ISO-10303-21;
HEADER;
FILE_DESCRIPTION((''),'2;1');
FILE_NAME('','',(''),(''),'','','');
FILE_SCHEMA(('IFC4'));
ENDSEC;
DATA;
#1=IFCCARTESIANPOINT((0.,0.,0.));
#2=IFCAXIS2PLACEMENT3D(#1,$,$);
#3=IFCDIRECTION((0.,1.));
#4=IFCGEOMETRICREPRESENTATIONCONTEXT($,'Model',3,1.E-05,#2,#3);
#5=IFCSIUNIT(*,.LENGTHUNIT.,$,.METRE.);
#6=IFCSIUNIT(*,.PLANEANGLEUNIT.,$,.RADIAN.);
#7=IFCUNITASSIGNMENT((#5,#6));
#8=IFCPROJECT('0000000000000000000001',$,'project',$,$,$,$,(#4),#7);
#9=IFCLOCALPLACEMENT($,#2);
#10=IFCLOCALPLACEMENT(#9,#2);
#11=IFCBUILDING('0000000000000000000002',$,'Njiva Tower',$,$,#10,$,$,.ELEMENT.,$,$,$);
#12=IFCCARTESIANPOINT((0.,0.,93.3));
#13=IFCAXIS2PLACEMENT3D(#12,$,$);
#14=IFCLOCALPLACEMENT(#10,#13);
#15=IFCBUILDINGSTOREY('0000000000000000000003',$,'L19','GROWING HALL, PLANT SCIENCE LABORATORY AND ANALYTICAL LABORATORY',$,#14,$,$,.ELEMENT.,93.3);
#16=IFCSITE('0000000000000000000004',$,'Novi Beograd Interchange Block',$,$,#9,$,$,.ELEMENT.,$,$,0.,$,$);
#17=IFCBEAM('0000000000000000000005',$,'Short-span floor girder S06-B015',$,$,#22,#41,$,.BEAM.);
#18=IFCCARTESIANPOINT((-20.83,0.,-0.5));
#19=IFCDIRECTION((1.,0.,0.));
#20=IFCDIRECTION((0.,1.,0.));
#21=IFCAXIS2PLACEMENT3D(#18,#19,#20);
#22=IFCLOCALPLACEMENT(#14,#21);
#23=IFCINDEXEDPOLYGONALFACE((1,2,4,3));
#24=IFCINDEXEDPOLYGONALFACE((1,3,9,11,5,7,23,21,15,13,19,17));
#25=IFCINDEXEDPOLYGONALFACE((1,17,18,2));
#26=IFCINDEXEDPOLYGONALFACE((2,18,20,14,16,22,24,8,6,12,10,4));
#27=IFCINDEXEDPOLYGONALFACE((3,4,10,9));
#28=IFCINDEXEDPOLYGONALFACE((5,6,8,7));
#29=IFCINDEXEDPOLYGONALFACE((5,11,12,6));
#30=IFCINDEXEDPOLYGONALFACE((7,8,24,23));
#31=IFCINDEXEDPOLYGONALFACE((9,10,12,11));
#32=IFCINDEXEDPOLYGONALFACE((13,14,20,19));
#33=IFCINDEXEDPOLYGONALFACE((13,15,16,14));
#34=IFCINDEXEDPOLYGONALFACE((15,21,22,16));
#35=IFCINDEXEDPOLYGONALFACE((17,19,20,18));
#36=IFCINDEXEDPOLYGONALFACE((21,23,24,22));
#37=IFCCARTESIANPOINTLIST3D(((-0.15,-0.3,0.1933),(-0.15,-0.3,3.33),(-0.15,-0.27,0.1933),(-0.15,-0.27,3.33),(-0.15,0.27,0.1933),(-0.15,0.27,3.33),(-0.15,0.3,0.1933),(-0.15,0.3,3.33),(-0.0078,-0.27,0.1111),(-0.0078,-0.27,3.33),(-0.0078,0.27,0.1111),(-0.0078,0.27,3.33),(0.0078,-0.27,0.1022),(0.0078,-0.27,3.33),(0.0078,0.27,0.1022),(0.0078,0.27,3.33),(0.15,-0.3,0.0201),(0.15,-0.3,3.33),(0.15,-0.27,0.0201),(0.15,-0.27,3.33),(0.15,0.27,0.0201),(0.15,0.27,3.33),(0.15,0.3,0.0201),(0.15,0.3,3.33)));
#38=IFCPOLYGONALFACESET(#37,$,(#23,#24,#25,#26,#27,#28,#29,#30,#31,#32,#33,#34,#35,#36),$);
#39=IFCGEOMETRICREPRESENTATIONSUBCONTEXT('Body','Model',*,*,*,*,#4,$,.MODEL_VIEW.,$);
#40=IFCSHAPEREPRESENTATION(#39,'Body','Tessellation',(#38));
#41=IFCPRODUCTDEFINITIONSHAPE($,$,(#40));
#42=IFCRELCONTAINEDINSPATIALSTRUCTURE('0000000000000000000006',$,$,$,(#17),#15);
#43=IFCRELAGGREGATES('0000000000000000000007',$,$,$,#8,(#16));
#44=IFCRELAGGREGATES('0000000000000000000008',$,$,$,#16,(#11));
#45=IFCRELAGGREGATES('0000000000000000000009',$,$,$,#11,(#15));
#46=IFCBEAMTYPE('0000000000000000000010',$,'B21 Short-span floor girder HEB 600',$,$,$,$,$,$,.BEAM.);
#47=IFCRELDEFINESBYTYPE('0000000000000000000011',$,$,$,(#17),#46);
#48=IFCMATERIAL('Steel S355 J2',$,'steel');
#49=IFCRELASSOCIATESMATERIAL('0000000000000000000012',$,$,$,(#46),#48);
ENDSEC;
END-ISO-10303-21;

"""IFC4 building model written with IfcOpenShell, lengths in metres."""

from ifc_helpers import new_model, si_unit, direction, frame, origin, origin_2d, place, context, subcontext, project, spatial, i_section, extrude, clip, halfspace, material, material_profile, profile_set, type_object, element, save


model = new_model("IFC4")

# Units and contexts
model_context = context("Model", 3, precision=1e-05, world=origin(), true_north=direction((0.0, 1.0)))
body_context = subcontext(model_context, "Body", "Model", "MODEL_VIEW")
ifc_project = project(units=[si_unit("LENGTHUNIT", "METRE"), si_unit("PLANEANGLEUNIT", "RADIAN")], contexts=[model_context])

# Site, building, storey
site_placement = place(None, origin())
site = spatial("IfcSite", under=ifc_project, at=site_placement, Name="Novi Beograd Interchange Block", CompositionType="ELEMENT", RefElevation=0.0)
building_placement = place(site_placement, origin())
building = spatial("IfcBuilding", under=site, at=building_placement, Name="Njiva Tower", CompositionType="ELEMENT")
storey_placement = place(building_placement, frame((0.0, 0.0, 93.3)))
storey = spatial("IfcBuildingStorey", under=building, at=storey_placement, Name="L19", Description="GROWING HALL, PLANT SCIENCE LABORATORY AND ANALYTICAL LABORATORY", CompositionType="ELEMENT", Elevation=93.3)

# Shared definitions
ifc_material_1 = material(Name="Steel S355 J2", Category="steel")

# Beam
ifc_material_profile_1 = material_profile(ifc_material_1, i_section(OverallWidth=0.3, OverallDepth=0.6, WebThickness=0.0155, FlangeThickness=0.03, at=origin_2d()), Name="HEB 600")
ifc_profile_set_1 = profile_set([ifc_material_profile_1], Name="Steel S355 J2")
beam_type_1 = type_object("IfcBeamType", Name="B21 Short-span floor girder HEB 600", PredefinedType="BEAM", material=ifc_profile_set_1)
beam_1_placement = place(storey_placement, frame((-20.83, 0.0, -0.5), z_axis=(1.0, 0.0, 0.0), x_axis=(0.0, 1.0, 0.0)))
element("IfcBeam", 1, at=beam_1_placement, inside=storey, type_object=beam_type_1, Name="Short-span floor girder S06-B015", PredefinedType="BEAM", context=body_context, shape_type="Clipping", body=[
    clip(extrude(i_section(OverallWidth=0.3, OverallDepth=0.6, WebThickness=0.0155, FlangeThickness=0.03, at=origin_2d()), origin(), (0.0, 0.0, 1.0), 3.33), halfspace(frame((-0.025, 0.0, 0.1211), z_axis=(-0.499998, 0.0, -0.866027), x_axis=(0.0, -1.0, 0.0)), False)),
])

save(model, "model.ifc")
